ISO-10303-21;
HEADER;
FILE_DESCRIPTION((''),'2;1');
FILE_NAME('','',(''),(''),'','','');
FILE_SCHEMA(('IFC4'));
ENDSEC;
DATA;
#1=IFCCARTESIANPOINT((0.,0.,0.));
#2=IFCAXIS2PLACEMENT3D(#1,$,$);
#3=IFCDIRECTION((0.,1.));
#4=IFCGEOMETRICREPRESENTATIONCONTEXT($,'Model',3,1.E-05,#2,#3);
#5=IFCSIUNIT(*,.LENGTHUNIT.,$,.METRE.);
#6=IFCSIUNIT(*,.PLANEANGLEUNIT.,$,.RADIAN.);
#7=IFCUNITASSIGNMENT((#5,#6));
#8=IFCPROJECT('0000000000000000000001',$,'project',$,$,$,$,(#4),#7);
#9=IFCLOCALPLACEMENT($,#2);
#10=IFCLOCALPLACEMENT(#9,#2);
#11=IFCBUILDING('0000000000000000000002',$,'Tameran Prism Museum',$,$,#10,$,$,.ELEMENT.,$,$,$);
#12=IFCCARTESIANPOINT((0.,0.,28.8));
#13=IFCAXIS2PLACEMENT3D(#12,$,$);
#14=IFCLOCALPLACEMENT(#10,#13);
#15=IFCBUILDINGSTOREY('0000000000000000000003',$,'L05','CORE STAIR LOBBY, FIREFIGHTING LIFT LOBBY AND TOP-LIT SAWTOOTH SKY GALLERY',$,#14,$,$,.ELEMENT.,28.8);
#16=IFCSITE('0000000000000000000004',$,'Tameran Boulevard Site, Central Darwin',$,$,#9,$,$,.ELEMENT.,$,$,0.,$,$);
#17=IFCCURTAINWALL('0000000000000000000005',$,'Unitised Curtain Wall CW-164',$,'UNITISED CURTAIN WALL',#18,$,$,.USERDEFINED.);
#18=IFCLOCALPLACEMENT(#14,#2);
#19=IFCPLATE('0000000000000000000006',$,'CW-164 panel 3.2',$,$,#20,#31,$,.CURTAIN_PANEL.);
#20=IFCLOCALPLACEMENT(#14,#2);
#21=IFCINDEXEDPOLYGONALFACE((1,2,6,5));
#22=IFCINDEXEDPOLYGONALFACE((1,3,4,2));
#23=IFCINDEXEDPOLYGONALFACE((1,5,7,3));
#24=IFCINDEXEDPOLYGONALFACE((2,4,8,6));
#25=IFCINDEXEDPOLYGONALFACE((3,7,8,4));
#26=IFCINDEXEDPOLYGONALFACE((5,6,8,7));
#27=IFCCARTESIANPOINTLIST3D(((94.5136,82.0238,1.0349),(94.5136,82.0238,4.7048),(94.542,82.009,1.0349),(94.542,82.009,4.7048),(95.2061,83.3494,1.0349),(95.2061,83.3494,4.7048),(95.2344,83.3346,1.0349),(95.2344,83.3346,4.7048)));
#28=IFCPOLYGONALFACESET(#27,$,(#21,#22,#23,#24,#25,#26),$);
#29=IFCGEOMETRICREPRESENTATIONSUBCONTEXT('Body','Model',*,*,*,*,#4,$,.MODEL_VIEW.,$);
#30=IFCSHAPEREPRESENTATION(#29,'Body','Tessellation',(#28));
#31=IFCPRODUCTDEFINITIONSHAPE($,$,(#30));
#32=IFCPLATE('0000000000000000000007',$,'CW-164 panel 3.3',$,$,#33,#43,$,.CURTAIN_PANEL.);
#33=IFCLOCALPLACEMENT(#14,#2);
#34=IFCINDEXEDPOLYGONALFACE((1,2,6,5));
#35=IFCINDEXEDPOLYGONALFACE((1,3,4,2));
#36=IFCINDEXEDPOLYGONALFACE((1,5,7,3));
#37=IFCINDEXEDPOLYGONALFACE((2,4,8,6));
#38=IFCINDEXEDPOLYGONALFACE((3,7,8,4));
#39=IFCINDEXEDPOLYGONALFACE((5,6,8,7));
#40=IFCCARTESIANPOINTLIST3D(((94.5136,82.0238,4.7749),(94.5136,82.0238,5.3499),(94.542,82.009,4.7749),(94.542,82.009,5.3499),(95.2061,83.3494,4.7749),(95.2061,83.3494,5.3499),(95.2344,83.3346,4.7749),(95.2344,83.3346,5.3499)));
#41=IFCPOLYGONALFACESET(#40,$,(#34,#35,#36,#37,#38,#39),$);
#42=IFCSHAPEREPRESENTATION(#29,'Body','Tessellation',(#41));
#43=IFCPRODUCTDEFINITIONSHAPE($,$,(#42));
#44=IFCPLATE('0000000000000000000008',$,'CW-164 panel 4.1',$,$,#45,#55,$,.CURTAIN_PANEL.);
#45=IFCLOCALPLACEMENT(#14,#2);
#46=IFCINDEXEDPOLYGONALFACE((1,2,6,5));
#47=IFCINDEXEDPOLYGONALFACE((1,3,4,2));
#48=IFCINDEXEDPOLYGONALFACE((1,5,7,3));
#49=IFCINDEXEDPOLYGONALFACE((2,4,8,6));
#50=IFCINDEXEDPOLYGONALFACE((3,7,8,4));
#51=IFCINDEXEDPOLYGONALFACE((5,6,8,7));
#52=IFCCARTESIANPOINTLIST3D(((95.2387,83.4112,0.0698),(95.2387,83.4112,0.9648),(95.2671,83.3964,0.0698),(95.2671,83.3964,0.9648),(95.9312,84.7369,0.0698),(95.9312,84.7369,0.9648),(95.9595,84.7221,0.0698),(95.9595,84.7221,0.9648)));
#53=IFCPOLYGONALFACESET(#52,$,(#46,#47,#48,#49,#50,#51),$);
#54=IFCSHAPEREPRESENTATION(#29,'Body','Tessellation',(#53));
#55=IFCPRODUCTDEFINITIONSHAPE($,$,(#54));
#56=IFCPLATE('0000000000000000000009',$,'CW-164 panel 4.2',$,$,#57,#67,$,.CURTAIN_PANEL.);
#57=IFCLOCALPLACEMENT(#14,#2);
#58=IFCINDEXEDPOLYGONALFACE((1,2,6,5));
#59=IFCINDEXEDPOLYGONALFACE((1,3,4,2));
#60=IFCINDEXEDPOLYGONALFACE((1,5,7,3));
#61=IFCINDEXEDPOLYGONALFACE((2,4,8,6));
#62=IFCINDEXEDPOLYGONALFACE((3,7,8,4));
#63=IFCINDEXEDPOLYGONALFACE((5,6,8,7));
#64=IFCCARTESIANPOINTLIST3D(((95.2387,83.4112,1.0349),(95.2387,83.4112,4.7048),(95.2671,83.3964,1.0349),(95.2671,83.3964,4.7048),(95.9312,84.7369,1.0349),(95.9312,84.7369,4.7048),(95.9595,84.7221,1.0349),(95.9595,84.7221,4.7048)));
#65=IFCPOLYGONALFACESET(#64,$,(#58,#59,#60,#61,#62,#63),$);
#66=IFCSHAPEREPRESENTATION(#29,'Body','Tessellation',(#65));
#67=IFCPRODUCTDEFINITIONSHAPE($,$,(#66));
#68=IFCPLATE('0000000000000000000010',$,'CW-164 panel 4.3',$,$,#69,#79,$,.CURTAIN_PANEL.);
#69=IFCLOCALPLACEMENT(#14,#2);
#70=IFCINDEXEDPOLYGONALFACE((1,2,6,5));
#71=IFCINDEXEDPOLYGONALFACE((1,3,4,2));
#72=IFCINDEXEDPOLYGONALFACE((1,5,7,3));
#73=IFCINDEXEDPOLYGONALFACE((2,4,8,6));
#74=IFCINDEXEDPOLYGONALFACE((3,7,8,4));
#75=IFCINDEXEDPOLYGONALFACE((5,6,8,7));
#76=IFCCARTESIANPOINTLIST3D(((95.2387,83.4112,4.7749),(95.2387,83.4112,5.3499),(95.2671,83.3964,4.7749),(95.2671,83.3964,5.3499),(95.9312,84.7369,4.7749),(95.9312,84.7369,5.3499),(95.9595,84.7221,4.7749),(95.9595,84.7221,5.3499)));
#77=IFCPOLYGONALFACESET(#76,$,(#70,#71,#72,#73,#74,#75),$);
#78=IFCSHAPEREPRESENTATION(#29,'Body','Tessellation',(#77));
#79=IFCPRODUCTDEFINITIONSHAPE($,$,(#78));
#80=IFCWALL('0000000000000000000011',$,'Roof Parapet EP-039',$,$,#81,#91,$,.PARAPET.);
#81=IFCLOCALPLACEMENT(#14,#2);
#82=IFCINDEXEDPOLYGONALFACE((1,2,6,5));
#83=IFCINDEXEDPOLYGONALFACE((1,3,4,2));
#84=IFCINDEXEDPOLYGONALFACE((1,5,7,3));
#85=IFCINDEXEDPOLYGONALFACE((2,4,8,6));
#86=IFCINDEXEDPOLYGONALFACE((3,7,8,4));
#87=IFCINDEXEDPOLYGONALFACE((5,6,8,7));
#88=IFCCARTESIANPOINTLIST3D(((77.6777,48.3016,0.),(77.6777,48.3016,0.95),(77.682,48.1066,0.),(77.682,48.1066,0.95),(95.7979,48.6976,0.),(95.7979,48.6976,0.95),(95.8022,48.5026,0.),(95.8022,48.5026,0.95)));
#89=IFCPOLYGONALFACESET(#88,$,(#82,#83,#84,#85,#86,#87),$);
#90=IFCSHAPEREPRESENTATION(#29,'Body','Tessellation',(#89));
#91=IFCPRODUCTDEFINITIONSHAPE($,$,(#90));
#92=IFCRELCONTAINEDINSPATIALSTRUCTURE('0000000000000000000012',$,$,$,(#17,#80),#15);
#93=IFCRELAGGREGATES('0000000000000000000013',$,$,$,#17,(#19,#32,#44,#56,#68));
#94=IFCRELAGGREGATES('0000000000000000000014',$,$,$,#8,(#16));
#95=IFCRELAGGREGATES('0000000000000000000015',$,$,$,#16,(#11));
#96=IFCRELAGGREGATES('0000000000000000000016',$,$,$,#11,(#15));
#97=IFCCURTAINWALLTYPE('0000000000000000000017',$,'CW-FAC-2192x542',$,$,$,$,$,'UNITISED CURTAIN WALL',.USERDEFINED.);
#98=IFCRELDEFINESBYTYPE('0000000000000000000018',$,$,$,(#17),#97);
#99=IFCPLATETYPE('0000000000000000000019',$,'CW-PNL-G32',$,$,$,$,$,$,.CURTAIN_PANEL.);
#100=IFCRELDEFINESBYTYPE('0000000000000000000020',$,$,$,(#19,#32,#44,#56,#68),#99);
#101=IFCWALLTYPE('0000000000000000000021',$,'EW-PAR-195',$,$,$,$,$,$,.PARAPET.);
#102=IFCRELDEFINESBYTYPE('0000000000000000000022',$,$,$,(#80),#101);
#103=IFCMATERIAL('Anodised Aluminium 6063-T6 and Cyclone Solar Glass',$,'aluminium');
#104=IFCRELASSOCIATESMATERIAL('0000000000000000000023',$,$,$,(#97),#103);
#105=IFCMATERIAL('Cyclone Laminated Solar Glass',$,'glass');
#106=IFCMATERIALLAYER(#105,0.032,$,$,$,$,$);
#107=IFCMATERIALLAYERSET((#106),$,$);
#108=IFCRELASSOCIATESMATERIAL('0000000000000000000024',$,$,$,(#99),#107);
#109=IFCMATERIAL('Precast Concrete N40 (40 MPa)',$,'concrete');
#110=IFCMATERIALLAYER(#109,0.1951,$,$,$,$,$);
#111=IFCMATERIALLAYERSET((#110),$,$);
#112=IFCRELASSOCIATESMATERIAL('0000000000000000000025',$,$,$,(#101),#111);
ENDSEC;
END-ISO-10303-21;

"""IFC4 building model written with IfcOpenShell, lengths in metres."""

from ifc_helpers import new_model, si_unit, direction, frame, frame_2d, origin, origin_2d, place, context, subcontext, project, spatial, rectangle, extrude, material, layer, layer_set, type_object, element, aggregate, save


model = new_model("IFC4")

# Units and contexts
model_context = context("Model", 3, precision=1e-05, world=origin(), true_north=direction((0.0, 1.0)))
body_context = subcontext(model_context, "Body", "Model", "MODEL_VIEW")
ifc_project = project(units=[si_unit("LENGTHUNIT", "METRE"), si_unit("PLANEANGLEUNIT", "RADIAN")], contexts=[model_context])

# Site, building, storey
site_placement = place(None, origin())
site = spatial("IfcSite", under=ifc_project, at=site_placement, Name="Tameran Boulevard Site, Central Darwin", CompositionType="ELEMENT", RefElevation=0.0)
building_placement = place(site_placement, origin())
building = spatial("IfcBuilding", under=site, at=building_placement, Name="Tameran Prism Museum", CompositionType="ELEMENT")
storey_placement = place(building_placement, frame((0.0, 0.0, 28.8)))
storey = spatial("IfcBuildingStorey", under=building, at=storey_placement, Name="L05", Description="CORE STAIR LOBBY, FIREFIGHTING LIFT LOBBY AND TOP-LIT SAWTOOTH SKY GALLERY", CompositionType="ELEMENT", Elevation=28.8)

# Curtain wall, plates
ifc_material_1 = material(Name="Anodised Aluminium 6063-T6 and Cyclone Solar Glass", Category="aluminium")
curtain_wall_type = type_object("IfcCurtainWallType", Name="CW-FAC-2192x542", ElementType="UNITISED CURTAIN WALL", PredefinedType="USERDEFINED", material=ifc_material_1)
curtain_wall_placement = place(storey_placement, origin())
curtain_wall = element("IfcCurtainWall", 1, at=curtain_wall_placement, inside=storey, type_object=curtain_wall_type, Name="Unitised Curtain Wall CW-164", ObjectType="UNITISED CURTAIN WALL", PredefinedType="USERDEFINED")
ifc_material_2 = material(Name="Cyclone Laminated Solar Glass", Category="glass")
ifc_layer_1 = layer(ifc_material_2, 0.032)
ifc_layer_set_1 = layer_set([ifc_layer_1])
plate_type = type_object("IfcPlateType", Name="CW-PNL-G32", PredefinedType="CURTAIN_PANEL", material=ifc_layer_set_1)
plate_1_placement = place(storey_placement, frame((94.874, 82.6792, 1.0349), z_axis=(0.0, 0.0, 1.0), x_axis=(0.463003, 0.886357, 0.0)))
plate_1 = element("IfcPlate", 2, at=plate_1_placement, type_object=plate_type, Name="CW-164 panel 3.2", PredefinedType="CURTAIN_PANEL", context=body_context, shape_type="SweptSolid", body=[
    extrude(rectangle(XDim=1.4956, YDim=0.032, at=origin_2d()), origin(), (0.0, 0.0, 1.0), 3.6699),
])
plate_2_placement = place(storey_placement, frame((94.874, 82.6792, 4.7749), z_axis=(0.0, 0.0, 1.0), x_axis=(0.463003, 0.886357, 0.0)))
plate_2 = element("IfcPlate", 3, at=plate_2_placement, type_object=plate_type, Name="CW-164 panel 3.3", PredefinedType="CURTAIN_PANEL", context=body_context, shape_type="SweptSolid", body=[
    extrude(rectangle(XDim=1.4956, YDim=0.032, at=origin_2d()), origin(), (0.0, 0.0, 1.0), 0.575),
])
plate_3_placement = place(storey_placement, frame((95.5991, 84.0667, 0.0698), z_axis=(0.0, 0.0, 1.0), x_axis=(0.463003, 0.886357, 0.0)))
plate_3 = element("IfcPlate", 4, at=plate_3_placement, type_object=plate_type, Name="CW-164 panel 4.1", PredefinedType="CURTAIN_PANEL", context=body_context, shape_type="SweptSolid", body=[
    extrude(rectangle(XDim=1.4956, YDim=0.032, at=origin_2d()), origin(), (0.0, 0.0, 1.0), 0.895),
])
plate_4_placement = place(storey_placement, frame((95.5991, 84.0667, 1.0349), z_axis=(0.0, 0.0, 1.0), x_axis=(0.463003, 0.886357, 0.0)))
plate_4 = element("IfcPlate", 5, at=plate_4_placement, type_object=plate_type, Name="CW-164 panel 4.2", PredefinedType="CURTAIN_PANEL", context=body_context, shape_type="SweptSolid", body=[
    extrude(rectangle(XDim=1.4956, YDim=0.032, at=origin_2d()), origin(), (0.0, 0.0, 1.0), 3.6699),
])
plate_5_placement = place(storey_placement, frame((95.5991, 84.0667, 4.7749), z_axis=(0.0, 0.0, 1.0), x_axis=(0.463003, 0.886357, 0.0)))
plate_5 = element("IfcPlate", 6, at=plate_5_placement, type_object=plate_type, Name="CW-164 panel 4.3", PredefinedType="CURTAIN_PANEL", context=body_context, shape_type="SweptSolid", body=[
    extrude(rectangle(XDim=1.4956, YDim=0.032, at=origin_2d()), origin(), (0.0, 0.0, 1.0), 0.575),
])
aggregate(curtain_wall, [plate_1, plate_2, plate_3, plate_4, plate_5])

# Wall
ifc_material_3 = material(Name="Precast Concrete N40 (40 MPa)", Category="concrete")
ifc_layer_2 = layer(ifc_material_3, 0.1951)
ifc_layer_set_2 = layer_set([ifc_layer_2])
wall_type = type_object("IfcWallType", Name="EW-PAR-195", PredefinedType="PARAPET", material=ifc_layer_set_2)
wall_placement = place(storey_placement, frame((95.8, 48.6001, 0.0), z_axis=(0.0, 0.0, 1.0), x_axis=(-0.999761, -0.021849, 0.0)))
element("IfcWall", 7, at=wall_placement, inside=storey, type_object=wall_type, Name="Roof Parapet EP-039", PredefinedType="PARAPET", context=body_context, shape_type="SweptSolid", body=[
    extrude(rectangle(XDim=18.1245, YDim=0.1951, at=frame_2d((9.0623, 0.0))), origin(), (0.0, 0.0, 1.0), 0.95),
])

save(model, "model.ifc")
